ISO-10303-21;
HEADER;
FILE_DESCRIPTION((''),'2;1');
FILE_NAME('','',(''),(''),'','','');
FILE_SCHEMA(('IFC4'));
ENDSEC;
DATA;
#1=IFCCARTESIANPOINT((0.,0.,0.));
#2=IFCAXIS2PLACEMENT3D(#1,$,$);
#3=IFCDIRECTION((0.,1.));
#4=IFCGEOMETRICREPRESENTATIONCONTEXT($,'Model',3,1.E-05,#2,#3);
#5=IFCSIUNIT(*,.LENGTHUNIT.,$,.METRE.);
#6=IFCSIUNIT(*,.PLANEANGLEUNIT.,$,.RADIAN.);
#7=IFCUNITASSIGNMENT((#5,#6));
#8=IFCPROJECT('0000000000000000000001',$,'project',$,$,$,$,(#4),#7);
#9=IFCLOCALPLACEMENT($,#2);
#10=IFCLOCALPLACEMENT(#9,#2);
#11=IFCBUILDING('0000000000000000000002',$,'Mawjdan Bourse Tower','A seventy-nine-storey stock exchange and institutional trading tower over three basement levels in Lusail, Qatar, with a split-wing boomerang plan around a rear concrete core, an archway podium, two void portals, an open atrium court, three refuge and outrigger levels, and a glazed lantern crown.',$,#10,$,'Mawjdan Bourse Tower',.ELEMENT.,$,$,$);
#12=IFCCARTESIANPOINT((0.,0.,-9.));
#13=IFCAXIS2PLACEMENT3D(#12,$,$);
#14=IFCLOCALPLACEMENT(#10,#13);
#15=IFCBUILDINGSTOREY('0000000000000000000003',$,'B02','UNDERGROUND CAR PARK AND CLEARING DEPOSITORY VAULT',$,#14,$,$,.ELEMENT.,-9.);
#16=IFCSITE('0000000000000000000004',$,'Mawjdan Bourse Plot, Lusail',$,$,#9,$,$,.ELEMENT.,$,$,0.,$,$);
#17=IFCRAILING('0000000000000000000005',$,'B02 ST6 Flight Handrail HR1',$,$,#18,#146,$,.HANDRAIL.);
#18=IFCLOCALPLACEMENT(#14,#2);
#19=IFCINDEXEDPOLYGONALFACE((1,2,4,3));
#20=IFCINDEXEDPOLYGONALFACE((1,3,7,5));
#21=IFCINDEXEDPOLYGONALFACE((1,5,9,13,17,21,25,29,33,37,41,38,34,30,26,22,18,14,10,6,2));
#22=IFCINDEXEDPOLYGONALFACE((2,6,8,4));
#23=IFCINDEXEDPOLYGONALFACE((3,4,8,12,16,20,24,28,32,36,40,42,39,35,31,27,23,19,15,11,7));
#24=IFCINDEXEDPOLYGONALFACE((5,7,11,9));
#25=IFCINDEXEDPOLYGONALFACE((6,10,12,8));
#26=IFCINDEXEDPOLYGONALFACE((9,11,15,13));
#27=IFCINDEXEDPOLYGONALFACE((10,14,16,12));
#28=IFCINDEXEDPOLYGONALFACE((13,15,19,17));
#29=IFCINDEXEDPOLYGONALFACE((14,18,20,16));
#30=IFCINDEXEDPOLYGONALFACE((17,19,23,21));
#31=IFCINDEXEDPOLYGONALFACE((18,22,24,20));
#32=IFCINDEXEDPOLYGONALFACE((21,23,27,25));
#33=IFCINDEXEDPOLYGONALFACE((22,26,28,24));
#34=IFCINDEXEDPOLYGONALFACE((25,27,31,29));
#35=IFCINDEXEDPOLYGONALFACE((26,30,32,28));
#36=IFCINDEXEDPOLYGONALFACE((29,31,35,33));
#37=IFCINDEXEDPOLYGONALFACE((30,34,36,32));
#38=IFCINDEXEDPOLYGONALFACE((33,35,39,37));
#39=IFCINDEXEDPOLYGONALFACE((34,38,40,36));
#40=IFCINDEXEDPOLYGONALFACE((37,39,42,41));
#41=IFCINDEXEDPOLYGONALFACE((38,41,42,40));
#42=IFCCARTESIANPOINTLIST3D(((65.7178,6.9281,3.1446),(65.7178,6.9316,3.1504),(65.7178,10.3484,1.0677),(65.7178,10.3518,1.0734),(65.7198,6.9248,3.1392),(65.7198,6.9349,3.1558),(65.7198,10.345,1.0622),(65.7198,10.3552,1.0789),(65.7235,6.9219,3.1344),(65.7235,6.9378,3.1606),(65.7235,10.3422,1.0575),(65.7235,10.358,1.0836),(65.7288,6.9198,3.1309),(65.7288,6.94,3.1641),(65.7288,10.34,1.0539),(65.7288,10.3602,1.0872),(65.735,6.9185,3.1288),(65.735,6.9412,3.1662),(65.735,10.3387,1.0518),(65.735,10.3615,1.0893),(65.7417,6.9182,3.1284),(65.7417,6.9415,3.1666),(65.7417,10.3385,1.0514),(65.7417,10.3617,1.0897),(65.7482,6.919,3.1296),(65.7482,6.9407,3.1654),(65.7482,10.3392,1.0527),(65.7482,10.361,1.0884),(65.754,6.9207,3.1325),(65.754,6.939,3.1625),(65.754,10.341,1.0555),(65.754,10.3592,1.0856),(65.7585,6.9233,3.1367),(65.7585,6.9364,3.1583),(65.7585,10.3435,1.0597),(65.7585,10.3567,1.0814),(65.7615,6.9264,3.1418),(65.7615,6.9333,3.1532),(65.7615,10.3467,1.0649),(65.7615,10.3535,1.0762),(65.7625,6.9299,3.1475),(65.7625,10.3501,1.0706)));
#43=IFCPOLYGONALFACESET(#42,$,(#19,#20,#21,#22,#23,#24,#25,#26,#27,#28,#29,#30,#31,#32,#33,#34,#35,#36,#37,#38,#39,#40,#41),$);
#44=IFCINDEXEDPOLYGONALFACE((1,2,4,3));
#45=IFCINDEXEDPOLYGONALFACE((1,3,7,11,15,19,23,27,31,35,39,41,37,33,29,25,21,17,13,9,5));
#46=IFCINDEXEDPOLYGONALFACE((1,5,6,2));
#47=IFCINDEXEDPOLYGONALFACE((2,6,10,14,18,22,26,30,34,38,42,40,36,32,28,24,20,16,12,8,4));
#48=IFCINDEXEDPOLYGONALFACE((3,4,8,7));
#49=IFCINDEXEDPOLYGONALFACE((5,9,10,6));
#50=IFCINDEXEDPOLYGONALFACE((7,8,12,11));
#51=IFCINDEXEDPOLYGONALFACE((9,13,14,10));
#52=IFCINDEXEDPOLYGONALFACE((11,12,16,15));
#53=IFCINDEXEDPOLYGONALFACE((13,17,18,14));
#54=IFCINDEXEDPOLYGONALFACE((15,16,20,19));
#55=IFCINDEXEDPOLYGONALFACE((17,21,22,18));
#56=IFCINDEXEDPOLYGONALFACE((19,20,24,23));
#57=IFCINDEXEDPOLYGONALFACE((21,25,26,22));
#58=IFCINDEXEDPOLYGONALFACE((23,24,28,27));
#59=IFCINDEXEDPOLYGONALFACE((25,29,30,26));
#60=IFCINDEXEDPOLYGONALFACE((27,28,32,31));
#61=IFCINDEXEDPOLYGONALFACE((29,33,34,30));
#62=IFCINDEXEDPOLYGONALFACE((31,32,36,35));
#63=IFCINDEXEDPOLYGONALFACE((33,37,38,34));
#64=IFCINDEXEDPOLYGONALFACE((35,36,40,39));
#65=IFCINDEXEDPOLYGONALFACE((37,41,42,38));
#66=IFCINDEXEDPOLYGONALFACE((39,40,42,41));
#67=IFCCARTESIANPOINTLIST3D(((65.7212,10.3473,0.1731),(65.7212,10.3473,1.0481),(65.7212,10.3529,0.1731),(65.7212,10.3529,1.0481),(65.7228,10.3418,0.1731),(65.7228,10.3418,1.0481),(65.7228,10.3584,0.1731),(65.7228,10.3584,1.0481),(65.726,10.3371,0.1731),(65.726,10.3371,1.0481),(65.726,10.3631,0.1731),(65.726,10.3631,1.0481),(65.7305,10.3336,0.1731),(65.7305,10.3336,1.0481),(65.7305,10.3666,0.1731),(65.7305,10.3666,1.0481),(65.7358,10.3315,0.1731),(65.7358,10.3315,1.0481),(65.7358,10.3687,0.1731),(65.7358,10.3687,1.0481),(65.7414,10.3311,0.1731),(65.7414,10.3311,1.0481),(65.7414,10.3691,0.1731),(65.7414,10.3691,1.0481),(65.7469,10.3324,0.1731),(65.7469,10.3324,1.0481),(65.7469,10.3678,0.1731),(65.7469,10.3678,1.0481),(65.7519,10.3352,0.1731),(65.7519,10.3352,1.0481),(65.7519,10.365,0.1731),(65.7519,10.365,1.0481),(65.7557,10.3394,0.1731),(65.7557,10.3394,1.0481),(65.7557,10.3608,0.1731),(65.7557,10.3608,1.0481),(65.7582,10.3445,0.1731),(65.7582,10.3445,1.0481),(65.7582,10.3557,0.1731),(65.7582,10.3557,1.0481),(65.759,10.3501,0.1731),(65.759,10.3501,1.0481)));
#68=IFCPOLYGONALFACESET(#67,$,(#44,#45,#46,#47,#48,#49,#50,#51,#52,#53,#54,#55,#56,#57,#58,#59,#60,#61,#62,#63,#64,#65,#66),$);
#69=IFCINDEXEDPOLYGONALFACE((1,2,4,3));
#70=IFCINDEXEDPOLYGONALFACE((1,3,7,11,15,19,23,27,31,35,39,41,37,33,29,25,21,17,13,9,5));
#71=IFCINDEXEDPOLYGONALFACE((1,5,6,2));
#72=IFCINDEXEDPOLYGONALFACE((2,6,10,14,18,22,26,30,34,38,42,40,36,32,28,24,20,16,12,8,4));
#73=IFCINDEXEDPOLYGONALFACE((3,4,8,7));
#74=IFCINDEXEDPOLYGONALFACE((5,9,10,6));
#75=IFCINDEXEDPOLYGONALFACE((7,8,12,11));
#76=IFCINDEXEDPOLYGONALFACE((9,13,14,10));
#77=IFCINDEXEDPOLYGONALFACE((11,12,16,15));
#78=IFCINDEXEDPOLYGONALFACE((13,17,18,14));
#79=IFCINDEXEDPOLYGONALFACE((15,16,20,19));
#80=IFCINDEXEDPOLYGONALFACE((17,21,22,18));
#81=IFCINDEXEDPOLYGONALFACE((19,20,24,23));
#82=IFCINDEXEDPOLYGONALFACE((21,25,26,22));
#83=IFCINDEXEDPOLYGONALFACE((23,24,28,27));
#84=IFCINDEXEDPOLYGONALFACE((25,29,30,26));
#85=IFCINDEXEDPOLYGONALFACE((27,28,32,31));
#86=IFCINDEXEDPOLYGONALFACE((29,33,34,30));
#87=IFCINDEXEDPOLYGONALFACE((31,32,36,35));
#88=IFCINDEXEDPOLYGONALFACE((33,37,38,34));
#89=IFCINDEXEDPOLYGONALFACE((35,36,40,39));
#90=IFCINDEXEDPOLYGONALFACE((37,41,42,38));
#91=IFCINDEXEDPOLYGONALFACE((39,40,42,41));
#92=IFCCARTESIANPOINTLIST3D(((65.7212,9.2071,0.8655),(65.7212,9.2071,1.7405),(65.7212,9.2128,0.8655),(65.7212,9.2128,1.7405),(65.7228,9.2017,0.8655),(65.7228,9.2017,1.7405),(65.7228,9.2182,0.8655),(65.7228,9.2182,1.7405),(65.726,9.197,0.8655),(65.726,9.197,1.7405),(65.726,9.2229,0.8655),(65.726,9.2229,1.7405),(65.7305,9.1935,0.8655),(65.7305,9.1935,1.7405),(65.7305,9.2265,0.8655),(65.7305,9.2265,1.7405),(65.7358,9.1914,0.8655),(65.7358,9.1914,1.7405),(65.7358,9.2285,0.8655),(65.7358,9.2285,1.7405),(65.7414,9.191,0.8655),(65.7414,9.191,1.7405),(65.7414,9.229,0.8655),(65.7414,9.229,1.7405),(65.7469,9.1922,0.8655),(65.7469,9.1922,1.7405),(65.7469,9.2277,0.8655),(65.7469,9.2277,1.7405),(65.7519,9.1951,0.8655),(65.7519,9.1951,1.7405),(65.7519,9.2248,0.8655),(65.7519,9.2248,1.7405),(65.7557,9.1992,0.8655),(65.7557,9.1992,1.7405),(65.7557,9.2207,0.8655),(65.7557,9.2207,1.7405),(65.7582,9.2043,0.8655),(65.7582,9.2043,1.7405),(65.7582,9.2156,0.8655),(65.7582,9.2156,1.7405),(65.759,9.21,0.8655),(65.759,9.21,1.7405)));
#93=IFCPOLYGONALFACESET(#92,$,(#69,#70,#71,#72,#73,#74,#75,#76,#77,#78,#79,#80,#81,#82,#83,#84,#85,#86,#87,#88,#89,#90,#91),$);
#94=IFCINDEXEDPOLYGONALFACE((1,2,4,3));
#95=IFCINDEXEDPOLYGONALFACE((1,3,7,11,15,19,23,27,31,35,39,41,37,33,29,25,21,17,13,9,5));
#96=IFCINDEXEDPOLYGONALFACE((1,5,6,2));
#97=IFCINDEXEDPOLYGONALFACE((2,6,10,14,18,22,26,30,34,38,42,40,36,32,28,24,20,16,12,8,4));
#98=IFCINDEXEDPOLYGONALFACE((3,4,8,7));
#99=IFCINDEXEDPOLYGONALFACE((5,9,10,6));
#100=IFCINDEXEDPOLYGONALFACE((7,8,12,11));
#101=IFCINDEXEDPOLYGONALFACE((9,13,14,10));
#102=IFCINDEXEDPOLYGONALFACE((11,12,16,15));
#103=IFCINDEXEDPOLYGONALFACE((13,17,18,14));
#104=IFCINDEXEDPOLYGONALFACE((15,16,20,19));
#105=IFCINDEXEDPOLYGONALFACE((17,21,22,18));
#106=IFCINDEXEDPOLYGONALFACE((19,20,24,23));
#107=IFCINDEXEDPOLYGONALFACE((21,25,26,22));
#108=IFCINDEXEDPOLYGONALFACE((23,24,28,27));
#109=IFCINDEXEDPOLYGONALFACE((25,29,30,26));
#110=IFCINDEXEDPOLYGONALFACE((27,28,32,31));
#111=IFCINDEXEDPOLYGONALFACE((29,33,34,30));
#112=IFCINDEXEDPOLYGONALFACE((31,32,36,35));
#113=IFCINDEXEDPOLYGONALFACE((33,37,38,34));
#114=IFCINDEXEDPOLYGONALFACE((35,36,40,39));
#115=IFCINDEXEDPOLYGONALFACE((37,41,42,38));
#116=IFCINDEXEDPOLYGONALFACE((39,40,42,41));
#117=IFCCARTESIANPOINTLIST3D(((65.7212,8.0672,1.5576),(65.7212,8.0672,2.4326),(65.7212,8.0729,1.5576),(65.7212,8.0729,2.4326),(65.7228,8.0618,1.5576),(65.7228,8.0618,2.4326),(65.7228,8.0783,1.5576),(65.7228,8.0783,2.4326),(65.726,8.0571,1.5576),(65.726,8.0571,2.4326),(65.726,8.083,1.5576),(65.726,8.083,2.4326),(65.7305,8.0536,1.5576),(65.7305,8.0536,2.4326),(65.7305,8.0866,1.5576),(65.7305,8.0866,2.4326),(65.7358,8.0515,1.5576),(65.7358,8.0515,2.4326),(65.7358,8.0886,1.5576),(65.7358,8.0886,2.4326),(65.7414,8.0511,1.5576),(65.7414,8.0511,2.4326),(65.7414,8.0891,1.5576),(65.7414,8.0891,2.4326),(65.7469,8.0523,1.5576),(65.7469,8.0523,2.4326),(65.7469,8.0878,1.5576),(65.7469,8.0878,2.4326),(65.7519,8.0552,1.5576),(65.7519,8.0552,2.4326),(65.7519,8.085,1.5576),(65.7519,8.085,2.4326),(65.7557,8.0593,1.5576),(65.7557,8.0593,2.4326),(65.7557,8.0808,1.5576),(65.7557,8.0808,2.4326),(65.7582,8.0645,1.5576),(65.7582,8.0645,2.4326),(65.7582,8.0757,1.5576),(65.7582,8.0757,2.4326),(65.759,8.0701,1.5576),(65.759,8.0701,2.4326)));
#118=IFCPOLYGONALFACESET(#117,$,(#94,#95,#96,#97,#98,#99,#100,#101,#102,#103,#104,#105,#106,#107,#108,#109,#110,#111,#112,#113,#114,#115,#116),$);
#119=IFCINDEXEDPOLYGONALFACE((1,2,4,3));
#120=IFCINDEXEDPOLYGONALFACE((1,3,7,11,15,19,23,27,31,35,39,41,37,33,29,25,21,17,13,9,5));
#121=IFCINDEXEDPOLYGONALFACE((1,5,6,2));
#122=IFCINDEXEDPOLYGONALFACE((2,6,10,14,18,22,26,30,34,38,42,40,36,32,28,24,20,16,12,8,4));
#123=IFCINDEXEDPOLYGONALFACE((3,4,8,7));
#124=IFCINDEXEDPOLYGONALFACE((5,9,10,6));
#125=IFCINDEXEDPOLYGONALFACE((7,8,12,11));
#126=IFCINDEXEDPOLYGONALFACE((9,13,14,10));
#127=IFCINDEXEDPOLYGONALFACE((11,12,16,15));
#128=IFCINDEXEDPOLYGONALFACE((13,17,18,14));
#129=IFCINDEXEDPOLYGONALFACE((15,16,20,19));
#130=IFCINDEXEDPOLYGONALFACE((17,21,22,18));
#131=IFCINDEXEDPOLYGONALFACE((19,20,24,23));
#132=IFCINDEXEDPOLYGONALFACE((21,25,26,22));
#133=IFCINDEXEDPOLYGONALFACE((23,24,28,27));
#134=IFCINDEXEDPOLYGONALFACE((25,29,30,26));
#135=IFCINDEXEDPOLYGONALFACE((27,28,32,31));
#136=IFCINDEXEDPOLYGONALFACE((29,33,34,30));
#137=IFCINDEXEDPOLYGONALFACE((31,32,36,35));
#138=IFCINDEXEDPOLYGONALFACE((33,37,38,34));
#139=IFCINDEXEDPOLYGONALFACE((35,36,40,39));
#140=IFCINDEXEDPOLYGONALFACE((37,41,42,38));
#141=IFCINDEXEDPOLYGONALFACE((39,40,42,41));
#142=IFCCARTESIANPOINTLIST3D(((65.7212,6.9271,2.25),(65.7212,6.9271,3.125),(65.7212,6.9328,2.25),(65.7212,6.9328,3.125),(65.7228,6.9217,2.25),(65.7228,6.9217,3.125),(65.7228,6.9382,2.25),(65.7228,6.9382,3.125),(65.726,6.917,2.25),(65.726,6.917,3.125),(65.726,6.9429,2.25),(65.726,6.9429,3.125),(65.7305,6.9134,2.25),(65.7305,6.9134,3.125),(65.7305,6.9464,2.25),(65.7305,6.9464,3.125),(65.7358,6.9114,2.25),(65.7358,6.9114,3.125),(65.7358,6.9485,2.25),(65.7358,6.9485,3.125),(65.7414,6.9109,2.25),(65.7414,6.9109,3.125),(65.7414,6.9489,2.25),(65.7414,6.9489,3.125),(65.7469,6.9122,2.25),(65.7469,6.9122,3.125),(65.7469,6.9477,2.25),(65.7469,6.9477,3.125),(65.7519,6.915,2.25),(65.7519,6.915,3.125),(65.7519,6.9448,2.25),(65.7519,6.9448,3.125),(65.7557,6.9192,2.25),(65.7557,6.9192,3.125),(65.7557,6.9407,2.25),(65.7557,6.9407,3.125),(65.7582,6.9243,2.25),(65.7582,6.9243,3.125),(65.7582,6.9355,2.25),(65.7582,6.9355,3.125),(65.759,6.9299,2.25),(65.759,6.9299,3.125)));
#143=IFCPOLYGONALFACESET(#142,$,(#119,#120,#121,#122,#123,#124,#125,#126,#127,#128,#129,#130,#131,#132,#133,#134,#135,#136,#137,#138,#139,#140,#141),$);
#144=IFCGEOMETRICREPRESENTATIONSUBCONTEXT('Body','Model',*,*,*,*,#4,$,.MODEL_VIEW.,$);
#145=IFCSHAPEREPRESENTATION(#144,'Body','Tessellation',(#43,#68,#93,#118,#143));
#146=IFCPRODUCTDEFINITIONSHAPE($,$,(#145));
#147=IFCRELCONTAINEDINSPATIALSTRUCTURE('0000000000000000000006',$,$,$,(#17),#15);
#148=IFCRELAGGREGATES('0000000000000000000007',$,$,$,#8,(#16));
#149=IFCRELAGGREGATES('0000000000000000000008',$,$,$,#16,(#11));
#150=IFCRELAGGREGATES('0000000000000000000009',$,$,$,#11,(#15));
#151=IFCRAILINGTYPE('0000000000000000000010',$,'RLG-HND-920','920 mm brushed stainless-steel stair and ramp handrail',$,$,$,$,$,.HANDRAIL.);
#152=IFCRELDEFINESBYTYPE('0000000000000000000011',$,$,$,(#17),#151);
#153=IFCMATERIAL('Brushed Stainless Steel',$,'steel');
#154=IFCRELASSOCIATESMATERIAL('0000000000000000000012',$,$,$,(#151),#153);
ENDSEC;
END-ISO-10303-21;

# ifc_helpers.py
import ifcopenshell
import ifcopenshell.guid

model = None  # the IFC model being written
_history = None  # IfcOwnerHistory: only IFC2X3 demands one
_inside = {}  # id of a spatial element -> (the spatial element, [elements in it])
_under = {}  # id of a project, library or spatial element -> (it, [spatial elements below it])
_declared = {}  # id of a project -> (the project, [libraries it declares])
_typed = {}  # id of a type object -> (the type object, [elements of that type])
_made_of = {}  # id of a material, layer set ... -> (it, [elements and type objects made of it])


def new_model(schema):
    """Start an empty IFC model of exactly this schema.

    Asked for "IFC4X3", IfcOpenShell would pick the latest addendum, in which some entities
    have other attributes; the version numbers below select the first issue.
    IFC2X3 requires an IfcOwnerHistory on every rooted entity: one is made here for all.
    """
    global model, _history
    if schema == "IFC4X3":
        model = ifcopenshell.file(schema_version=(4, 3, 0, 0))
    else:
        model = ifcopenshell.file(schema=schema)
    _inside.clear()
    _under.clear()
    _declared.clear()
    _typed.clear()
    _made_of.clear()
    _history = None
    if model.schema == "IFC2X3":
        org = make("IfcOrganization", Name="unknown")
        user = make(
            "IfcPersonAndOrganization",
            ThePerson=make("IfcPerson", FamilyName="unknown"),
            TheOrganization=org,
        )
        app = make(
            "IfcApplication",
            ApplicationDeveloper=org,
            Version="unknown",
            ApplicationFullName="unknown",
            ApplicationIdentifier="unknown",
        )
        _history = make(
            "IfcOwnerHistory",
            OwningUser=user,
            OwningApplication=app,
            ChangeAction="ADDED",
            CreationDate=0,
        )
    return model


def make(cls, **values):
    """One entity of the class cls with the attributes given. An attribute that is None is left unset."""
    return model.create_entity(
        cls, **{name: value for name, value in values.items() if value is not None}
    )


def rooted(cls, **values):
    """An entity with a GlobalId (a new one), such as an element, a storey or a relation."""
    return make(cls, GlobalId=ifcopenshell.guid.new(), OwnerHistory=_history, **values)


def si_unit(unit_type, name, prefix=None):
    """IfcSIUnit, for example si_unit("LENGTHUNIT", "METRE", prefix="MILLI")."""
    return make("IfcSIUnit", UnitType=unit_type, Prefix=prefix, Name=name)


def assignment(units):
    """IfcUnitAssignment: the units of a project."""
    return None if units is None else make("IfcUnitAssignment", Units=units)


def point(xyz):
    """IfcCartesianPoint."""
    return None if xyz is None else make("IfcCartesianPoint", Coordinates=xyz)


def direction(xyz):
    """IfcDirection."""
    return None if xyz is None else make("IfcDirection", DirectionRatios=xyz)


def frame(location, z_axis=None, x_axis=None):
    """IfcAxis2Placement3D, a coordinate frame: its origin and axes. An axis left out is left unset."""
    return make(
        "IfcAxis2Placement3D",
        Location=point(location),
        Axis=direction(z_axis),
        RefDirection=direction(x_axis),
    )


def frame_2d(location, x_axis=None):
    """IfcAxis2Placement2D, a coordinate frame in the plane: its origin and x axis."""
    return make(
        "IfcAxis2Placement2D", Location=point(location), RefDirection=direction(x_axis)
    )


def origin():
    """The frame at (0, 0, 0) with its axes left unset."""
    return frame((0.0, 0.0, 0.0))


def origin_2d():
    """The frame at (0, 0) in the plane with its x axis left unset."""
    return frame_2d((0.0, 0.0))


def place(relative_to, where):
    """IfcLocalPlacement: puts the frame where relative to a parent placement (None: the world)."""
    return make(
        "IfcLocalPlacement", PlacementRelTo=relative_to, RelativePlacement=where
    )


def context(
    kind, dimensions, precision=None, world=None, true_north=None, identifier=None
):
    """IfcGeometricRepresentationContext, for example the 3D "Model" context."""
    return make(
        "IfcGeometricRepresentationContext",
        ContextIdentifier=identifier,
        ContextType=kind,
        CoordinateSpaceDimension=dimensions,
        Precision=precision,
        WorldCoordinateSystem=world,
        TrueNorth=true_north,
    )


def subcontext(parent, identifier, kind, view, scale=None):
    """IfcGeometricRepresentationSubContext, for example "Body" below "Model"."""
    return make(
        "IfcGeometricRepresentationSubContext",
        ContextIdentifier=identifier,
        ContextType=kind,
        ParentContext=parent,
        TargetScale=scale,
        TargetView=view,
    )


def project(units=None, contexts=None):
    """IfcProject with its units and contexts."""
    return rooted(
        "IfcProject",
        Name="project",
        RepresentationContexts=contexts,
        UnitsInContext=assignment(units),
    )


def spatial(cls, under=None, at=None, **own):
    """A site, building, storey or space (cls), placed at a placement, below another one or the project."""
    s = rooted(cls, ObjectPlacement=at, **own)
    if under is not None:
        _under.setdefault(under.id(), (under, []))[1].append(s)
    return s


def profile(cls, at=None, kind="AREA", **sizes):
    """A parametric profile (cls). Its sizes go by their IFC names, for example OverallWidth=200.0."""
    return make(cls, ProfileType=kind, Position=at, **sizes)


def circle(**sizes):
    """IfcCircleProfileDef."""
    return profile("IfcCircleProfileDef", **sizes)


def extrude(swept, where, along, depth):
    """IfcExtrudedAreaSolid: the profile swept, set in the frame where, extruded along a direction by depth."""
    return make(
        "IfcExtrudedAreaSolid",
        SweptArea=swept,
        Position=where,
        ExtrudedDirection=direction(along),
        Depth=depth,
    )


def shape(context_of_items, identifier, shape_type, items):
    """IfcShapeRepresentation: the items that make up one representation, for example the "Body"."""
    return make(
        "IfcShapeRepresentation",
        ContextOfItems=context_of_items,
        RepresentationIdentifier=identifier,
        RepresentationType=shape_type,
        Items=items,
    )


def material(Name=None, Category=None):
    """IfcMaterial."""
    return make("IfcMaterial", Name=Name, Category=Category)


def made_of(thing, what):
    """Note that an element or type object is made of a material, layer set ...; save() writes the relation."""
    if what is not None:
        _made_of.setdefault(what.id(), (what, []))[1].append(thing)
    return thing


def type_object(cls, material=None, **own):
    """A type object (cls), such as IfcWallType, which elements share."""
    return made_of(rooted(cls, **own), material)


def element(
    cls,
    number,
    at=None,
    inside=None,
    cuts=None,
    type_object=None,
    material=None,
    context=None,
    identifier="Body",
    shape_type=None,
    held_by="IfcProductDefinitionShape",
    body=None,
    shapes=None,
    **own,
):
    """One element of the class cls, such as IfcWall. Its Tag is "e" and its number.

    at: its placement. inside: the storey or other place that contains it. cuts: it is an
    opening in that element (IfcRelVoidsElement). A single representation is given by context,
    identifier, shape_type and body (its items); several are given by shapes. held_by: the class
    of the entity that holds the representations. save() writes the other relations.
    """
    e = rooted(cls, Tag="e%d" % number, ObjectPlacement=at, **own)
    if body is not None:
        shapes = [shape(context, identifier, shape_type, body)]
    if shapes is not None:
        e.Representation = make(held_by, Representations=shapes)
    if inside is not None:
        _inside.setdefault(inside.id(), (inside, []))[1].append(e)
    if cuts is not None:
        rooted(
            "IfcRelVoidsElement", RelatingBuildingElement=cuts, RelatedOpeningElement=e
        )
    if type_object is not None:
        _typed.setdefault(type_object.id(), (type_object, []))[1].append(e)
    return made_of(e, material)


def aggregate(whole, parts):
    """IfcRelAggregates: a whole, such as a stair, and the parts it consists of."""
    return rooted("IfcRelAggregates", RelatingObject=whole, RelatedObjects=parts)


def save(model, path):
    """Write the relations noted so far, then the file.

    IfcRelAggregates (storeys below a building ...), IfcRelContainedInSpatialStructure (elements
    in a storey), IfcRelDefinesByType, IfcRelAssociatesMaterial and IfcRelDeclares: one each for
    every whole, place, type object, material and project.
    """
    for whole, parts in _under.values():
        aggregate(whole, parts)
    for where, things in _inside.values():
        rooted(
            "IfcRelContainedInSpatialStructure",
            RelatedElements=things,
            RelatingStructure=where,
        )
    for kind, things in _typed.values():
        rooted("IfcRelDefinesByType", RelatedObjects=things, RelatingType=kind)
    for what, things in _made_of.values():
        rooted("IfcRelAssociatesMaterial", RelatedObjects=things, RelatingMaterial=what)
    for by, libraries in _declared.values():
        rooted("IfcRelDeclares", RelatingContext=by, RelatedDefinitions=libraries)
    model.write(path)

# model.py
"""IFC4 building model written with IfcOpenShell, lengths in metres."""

from ifc_helpers import new_model, si_unit, direction, frame, origin, origin_2d, place, context, subcontext, project, spatial, circle, extrude, material, type_object, element, save


model = new_model("IFC4")

# Units and contexts
model_context = context("Model", 3, precision=1e-05, world=origin(), true_north=direction((0.0, 1.0)))
body_context = subcontext(model_context, "Body", "Model", "MODEL_VIEW")
ifc_project = project(units=[si_unit("LENGTHUNIT", "METRE"), si_unit("PLANEANGLEUNIT", "RADIAN")], contexts=[model_context])

# Site, building, storey
site_placement = place(None, origin())
site = spatial("IfcSite", under=ifc_project, at=site_placement, Name="Mawjdan Bourse Plot, Lusail", CompositionType="ELEMENT", RefElevation=0.0)
building_placement = place(site_placement, origin())
building = spatial("IfcBuilding", under=site, at=building_placement, Name="Mawjdan Bourse Tower", Description="A seventy-nine-storey stock exchange and institutional trading tower over three basement levels in Lusail, Qatar, with a split-wing boomerang plan around a rear concrete core, an archway podium, two void portals, an open atrium court, three refuge and outrigger levels, and a glazed lantern crown.", LongName="Mawjdan Bourse Tower", CompositionType="ELEMENT")
storey_placement = place(building_placement, frame((0.0, 0.0, -9.0)))
storey = spatial("IfcBuildingStorey", under=building, at=storey_placement, Name="B02", Description="UNDERGROUND CAR PARK AND CLEARING DEPOSITORY VAULT", CompositionType="ELEMENT", Elevation=-9.0)

# Railing
ifc_material_1 = material(Name="Brushed Stainless Steel", Category="steel")
railing_type_1 = type_object("IfcRailingType", Name="RLG-HND-920", Description="920 mm brushed stainless-steel stair and ramp handrail", PredefinedType="HANDRAIL", material=ifc_material_1)
railing_1_placement = place(storey_placement, frame((65.74, 10.3501, 0.1731)))
element("IfcRailing", 1, at=railing_1_placement, inside=storey, type_object=railing_type_1, Name="B02 ST6 Flight Handrail HR1", PredefinedType="HANDRAIL", context=body_context, shape_type="SweptSolid", body=[
    extrude(circle(Radius=0.0225, at=origin_2d()), frame((0.0, 0.0, 0.8975), z_axis=(0.0, -0.854746, 0.519047), x_axis=(1.0, 0.0, 0.0)), (0.0, 0.0, 1.0), 4.0015),
    extrude(circle(Radius=0.019, at=origin_2d()), origin(), (0.0, 0.0, 1.0), 0.875),
    extrude(circle(Radius=0.019, at=origin_2d()), frame((0.0, -1.1401, 0.6924)), (0.0, 0.0, 1.0), 0.875),
    extrude(circle(Radius=0.019, at=origin_2d()), frame((0.0, -2.28, 1.3845)), (0.0, 0.0, 1.0), 0.875),
    extrude(circle(Radius=0.019, at=origin_2d()), frame((0.0, -3.4202, 2.0769)), (0.0, 0.0, 1.0), 0.875),
])

save(model, "model.ifc")
